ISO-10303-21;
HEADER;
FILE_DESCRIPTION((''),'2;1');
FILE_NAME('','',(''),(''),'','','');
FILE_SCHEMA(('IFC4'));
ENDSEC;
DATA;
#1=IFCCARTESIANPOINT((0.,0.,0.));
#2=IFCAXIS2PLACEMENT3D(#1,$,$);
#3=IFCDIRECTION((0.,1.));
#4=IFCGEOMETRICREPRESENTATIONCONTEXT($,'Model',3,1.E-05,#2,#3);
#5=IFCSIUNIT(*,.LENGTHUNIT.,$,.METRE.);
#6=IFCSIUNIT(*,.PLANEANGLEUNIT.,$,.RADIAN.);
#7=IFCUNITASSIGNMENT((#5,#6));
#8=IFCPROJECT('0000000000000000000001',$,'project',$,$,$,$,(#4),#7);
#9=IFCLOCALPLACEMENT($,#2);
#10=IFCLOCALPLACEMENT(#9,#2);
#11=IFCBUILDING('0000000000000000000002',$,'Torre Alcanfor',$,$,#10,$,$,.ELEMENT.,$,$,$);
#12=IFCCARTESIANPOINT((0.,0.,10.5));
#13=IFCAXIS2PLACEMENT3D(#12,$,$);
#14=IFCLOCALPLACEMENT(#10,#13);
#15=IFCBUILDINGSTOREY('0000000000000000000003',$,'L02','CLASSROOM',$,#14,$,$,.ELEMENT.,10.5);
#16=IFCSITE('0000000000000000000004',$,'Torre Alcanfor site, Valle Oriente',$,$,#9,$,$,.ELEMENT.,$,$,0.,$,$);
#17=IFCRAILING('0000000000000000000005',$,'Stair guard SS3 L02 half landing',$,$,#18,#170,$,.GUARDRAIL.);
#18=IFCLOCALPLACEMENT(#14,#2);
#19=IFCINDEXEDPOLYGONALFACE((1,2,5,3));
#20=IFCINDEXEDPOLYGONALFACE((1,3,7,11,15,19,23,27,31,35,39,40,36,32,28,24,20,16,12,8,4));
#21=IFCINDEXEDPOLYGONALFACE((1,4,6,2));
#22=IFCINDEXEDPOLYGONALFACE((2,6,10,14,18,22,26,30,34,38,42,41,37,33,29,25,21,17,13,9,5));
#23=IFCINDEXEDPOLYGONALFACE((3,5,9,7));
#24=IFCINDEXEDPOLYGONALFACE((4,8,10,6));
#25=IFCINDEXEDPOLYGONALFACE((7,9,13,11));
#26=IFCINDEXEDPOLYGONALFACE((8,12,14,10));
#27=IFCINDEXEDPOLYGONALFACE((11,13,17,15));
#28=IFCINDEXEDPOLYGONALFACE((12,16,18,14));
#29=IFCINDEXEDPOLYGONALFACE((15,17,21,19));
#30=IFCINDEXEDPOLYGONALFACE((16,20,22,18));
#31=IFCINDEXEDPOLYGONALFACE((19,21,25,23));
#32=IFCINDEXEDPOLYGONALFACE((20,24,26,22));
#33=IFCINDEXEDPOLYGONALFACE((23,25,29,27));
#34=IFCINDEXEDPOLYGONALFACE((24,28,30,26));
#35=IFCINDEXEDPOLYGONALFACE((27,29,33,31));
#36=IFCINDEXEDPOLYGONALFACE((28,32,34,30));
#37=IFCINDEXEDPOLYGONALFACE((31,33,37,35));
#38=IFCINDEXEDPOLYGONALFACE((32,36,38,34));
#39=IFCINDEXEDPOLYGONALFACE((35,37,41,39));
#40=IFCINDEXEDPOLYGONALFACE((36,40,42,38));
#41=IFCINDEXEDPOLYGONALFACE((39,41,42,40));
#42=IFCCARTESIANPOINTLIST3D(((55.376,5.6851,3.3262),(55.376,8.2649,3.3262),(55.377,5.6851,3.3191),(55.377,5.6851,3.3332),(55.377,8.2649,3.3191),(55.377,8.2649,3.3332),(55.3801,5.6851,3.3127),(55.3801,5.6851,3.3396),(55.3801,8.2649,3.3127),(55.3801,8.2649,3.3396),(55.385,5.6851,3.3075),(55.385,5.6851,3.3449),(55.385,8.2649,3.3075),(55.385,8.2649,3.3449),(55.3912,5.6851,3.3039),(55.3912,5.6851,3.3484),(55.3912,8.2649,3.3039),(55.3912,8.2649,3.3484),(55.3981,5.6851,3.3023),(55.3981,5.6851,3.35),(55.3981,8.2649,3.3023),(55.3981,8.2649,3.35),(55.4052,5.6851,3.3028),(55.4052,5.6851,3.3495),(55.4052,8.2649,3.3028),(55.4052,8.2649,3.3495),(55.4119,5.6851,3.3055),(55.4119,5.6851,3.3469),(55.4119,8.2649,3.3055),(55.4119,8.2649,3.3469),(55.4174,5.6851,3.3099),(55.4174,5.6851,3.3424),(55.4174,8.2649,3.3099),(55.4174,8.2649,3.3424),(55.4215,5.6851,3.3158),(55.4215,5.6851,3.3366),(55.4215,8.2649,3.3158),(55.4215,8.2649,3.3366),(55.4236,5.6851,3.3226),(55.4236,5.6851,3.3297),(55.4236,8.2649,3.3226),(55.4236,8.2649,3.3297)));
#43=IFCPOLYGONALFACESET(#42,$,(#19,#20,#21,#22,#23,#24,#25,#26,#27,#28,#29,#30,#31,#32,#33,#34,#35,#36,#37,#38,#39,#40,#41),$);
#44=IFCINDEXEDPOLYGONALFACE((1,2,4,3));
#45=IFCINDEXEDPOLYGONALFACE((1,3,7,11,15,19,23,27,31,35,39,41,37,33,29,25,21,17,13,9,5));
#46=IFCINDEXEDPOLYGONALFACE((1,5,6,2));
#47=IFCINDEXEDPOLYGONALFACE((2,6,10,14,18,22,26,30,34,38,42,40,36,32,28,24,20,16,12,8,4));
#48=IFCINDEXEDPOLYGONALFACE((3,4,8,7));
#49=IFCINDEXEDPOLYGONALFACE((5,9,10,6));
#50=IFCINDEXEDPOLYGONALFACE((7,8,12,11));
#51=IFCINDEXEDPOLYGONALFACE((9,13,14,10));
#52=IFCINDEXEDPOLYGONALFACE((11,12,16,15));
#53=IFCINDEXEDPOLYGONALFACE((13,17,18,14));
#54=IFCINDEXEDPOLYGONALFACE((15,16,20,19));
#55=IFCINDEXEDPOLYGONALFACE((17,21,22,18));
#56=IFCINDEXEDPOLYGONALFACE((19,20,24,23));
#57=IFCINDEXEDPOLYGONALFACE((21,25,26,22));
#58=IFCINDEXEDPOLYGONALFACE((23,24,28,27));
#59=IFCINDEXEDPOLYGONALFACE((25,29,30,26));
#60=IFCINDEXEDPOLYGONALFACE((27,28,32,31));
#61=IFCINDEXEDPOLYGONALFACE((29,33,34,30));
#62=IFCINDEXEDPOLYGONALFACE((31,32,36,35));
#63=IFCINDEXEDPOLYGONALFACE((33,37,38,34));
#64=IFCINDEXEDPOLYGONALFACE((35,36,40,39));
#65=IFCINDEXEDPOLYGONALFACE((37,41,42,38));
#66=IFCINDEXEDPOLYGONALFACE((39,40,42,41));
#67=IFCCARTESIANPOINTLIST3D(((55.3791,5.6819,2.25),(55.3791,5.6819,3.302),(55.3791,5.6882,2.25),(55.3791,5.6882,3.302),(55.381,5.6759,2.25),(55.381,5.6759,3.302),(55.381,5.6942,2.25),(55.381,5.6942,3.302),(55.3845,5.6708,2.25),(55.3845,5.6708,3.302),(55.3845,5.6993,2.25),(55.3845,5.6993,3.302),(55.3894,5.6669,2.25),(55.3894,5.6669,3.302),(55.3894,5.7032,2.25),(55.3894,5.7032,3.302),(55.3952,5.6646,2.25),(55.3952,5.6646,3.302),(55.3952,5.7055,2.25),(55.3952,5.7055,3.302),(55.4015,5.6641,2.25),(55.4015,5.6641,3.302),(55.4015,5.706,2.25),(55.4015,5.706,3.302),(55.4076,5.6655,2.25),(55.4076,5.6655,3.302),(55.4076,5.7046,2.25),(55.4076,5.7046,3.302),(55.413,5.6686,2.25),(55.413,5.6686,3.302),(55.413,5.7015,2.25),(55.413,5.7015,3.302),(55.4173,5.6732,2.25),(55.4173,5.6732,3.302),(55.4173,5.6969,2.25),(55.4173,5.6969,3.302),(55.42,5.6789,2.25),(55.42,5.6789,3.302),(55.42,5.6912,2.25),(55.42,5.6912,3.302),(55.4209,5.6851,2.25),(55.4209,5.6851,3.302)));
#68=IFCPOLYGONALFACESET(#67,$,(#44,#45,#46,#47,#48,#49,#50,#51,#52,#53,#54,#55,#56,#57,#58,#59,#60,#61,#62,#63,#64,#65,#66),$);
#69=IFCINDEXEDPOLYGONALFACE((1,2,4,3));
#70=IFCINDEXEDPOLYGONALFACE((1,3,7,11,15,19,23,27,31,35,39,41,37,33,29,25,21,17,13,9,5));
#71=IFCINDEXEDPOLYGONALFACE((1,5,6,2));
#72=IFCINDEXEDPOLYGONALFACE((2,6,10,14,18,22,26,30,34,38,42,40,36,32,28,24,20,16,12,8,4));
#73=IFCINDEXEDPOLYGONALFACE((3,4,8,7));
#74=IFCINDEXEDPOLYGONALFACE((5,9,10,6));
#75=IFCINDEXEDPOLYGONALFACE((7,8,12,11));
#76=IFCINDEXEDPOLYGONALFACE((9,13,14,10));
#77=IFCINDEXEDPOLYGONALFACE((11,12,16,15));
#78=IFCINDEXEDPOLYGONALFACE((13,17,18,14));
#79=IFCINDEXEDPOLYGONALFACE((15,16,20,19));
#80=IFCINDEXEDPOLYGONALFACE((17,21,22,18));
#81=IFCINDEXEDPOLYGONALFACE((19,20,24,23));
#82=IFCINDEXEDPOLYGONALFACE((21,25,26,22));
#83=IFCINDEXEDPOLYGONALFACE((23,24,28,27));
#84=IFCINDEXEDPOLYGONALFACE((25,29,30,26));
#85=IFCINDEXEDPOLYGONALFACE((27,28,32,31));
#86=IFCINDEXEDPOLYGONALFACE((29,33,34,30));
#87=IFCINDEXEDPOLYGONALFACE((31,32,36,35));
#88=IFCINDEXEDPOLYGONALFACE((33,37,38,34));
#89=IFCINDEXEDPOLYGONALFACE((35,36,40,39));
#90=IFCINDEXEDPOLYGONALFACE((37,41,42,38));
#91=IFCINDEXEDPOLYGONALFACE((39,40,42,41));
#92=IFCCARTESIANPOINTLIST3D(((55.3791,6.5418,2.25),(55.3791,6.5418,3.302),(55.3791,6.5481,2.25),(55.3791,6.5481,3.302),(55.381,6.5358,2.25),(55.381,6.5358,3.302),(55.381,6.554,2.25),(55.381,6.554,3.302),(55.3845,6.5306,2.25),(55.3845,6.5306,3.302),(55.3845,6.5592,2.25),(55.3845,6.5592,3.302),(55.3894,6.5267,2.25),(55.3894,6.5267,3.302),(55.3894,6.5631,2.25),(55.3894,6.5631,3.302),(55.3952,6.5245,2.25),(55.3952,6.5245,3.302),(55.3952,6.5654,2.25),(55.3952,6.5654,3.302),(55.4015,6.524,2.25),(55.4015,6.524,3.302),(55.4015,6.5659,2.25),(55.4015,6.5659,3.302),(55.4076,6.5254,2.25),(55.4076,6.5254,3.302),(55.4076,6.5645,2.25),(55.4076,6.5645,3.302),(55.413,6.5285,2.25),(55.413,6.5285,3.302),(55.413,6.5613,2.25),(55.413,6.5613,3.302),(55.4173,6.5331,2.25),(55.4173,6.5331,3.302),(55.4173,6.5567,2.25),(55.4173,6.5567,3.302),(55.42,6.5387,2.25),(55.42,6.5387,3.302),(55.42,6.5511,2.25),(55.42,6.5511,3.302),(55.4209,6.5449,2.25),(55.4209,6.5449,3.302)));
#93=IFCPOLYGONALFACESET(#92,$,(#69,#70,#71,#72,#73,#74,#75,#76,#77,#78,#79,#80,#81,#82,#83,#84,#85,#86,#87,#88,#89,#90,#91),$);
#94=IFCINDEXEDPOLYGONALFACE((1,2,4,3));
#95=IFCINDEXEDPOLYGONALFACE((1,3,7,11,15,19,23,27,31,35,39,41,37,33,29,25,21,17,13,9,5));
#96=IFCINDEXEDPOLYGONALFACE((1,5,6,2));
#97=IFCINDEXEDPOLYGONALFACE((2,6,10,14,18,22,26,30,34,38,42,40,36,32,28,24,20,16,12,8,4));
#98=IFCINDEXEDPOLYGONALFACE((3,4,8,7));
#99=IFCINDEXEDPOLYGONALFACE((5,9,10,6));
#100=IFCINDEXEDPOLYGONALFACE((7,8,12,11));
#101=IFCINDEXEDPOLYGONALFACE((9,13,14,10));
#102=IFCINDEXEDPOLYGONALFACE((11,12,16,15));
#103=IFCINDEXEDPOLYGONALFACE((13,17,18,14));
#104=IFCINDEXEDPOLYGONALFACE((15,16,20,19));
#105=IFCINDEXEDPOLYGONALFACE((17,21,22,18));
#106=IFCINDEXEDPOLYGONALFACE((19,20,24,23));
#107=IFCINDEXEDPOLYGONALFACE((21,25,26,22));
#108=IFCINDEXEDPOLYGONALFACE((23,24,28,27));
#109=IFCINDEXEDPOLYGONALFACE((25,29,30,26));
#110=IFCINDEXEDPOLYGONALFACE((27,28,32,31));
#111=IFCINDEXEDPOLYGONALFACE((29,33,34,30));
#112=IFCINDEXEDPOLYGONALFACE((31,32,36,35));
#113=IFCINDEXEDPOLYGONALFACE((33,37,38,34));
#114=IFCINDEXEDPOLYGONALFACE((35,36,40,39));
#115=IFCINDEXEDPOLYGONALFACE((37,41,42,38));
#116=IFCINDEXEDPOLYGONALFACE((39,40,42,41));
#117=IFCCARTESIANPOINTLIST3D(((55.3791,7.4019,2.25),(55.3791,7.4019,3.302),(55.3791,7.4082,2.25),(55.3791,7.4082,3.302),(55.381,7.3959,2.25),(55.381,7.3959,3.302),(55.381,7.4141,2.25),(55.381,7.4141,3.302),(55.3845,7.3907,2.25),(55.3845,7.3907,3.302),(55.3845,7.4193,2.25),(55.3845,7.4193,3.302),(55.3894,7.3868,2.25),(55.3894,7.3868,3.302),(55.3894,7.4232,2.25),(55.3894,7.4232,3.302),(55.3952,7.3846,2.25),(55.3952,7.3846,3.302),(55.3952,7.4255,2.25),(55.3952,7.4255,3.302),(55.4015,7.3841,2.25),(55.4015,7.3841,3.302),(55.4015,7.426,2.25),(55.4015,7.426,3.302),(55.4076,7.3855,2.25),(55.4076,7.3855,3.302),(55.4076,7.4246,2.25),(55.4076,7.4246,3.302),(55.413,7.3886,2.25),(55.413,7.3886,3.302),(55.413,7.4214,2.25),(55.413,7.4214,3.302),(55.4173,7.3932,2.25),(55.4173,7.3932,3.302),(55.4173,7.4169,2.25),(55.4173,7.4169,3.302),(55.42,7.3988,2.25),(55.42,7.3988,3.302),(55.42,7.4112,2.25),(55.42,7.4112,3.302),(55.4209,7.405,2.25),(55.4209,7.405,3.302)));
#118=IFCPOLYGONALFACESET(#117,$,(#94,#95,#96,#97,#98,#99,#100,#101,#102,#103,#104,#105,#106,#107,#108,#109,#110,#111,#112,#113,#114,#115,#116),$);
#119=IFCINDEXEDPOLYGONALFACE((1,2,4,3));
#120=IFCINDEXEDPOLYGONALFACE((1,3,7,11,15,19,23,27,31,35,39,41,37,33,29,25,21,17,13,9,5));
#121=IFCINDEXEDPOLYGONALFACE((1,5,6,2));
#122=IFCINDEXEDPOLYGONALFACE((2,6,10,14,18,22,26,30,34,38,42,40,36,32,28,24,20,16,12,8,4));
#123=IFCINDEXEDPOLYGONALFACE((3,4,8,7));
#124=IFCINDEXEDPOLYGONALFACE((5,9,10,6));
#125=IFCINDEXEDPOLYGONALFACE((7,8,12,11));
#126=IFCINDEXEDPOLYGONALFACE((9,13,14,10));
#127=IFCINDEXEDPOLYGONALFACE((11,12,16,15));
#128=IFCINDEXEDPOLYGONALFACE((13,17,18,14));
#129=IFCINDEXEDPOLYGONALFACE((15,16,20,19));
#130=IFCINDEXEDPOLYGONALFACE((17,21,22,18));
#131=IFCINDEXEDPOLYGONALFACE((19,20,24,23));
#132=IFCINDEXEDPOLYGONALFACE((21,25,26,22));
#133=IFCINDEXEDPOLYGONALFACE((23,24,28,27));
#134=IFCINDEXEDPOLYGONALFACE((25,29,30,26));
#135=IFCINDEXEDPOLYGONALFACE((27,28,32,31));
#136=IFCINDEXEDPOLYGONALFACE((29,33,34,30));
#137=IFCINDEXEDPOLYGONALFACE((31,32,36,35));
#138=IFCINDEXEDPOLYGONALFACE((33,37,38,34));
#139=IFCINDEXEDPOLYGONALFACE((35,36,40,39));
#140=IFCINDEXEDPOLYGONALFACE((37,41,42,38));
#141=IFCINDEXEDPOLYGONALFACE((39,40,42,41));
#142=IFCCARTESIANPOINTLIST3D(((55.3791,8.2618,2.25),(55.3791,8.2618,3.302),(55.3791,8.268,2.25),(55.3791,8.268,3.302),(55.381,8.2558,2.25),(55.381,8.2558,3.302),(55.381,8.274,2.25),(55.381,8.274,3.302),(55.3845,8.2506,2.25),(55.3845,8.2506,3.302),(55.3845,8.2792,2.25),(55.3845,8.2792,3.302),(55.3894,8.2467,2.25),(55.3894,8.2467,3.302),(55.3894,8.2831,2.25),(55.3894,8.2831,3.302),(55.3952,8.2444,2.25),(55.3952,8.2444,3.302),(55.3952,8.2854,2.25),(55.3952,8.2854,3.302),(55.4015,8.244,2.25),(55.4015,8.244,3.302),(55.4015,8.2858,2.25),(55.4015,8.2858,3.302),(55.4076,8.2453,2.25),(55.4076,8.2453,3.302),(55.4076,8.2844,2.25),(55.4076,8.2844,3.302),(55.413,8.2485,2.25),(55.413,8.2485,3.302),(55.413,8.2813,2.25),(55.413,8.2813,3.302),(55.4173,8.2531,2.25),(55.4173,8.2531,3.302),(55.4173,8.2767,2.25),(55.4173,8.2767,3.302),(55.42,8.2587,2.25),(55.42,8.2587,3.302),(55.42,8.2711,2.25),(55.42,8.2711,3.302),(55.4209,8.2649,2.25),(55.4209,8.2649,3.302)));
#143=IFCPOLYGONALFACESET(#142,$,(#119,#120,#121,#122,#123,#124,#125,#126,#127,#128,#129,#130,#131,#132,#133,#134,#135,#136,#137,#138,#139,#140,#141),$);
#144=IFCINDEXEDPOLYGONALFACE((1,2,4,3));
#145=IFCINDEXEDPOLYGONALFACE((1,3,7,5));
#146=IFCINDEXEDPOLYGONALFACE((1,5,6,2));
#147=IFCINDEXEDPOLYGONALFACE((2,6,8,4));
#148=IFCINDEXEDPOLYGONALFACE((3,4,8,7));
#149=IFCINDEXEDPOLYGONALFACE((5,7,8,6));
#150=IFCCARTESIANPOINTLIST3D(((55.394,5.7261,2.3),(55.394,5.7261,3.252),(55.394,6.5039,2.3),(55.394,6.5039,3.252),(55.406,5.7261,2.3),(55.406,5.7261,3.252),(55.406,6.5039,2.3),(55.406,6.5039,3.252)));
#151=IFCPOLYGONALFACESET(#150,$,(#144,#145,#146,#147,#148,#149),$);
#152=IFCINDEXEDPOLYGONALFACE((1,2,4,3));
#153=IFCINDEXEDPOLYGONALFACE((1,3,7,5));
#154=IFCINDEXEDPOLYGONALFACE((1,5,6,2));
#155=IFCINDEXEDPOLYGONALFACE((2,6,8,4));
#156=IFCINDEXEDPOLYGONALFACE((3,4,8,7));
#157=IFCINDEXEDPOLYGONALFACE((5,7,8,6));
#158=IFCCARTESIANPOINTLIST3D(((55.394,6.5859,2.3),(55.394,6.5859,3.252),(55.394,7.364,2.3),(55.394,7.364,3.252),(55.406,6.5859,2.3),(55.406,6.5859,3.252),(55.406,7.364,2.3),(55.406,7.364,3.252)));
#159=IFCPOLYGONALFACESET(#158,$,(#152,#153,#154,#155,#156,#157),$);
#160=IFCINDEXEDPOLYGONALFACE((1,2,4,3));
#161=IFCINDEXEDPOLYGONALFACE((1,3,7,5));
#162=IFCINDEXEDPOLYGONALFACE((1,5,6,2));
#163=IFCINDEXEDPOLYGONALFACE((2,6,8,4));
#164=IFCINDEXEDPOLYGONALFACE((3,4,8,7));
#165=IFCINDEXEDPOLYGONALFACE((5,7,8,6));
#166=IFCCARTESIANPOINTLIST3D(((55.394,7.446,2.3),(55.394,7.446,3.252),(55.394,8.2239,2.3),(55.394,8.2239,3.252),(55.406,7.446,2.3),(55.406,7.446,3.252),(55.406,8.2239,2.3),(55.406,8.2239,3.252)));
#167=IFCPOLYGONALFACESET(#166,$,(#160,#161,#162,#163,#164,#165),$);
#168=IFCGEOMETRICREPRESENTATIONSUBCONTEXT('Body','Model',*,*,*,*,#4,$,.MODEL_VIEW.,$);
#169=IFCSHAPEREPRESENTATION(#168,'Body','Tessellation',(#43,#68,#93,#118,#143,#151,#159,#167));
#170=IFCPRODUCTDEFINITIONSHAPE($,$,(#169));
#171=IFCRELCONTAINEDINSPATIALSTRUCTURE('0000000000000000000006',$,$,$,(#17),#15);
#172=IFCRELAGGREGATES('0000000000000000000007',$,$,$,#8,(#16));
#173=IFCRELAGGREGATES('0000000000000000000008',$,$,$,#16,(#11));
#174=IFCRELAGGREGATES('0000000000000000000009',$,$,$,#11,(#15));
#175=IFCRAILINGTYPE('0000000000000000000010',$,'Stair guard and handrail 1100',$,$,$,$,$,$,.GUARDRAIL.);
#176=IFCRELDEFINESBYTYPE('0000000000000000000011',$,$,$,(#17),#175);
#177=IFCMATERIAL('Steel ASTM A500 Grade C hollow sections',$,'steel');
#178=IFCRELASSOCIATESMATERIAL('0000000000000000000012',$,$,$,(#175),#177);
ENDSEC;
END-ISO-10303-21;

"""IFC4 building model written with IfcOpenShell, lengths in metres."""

from ifc_helpers import new_model, si_unit, direction, frame, origin, origin_2d, place, context, subcontext, project, spatial, polyline, circle, outline, extrude, material, type_object, element, save


model = new_model("IFC4")

# Units and contexts
model_context = context("Model", 3, precision=1e-05, world=origin(), true_north=direction((0.0, 1.0)))
body_context = subcontext(model_context, "Body", "Model", "MODEL_VIEW")
ifc_project = project(units=[si_unit("LENGTHUNIT", "METRE"), si_unit("PLANEANGLEUNIT", "RADIAN")], contexts=[model_context])

# Site, building, storey
site_placement = place(None, origin())
site = spatial("IfcSite", under=ifc_project, at=site_placement, Name="Torre Alcanfor site, Valle Oriente", CompositionType="ELEMENT", RefElevation=0.0)
building_placement = place(site_placement, origin())
building = spatial("IfcBuilding", under=site, at=building_placement, Name="Torre Alcanfor", CompositionType="ELEMENT")
storey_placement = place(building_placement, frame((0.0, 0.0, 10.5)))
storey = spatial("IfcBuildingStorey", under=building, at=storey_placement, Name="L02", Description="CLASSROOM", CompositionType="ELEMENT", Elevation=10.5)

# Railing
ifc_material_1 = material(Name="Steel ASTM A500 Grade C hollow sections", Category="steel")
railing_type_1 = type_object("IfcRailingType", Name="Stair guard and handrail 1100", PredefinedType="GUARDRAIL", material=ifc_material_1)
railing_1_placement = place(storey_placement, frame((55.3999, 5.6851, 2.25)))
element("IfcRailing", 1, at=railing_1_placement, inside=storey, type_object=railing_type_1, Name="Stair guard SS3 L02 half landing", PredefinedType="GUARDRAIL", context=body_context, shape_type="SweptSolid", body=[
    extrude(circle(Radius=0.0239, at=origin_2d()), frame((0.0, 0.0, 1.0762), z_axis=(0.0, 1.0, 0.0), x_axis=(-1.0, 0.0, 0.0)), (0.0, 0.0, 1.0), 2.5798),
    extrude(circle(Radius=0.021, at=origin_2d()), origin(), (0.0, 0.0, 1.0), 1.052),
    extrude(circle(Radius=0.021, at=origin_2d()), frame((0.0, 0.8599, 0.0)), (0.0, 0.0, 1.0), 1.052),
    extrude(circle(Radius=0.021, at=origin_2d()), frame((0.0, 1.72, 0.0)), (0.0, 0.0, 1.0), 1.052),
    extrude(circle(Radius=0.021, at=origin_2d()), frame((0.0, 2.5798, 0.0)), (0.0, 0.0, 1.0), 1.052),
    extrude(outline(polyline([(0.041, 0.05), (0.8188, 0.05), (0.8188, 1.002), (0.041, 1.002), (0.041, 0.05)])), frame((-0.0059, 0.0, 0.0), z_axis=(1.0, 0.0, 0.0), x_axis=(0.0, 1.0, 0.0)), (0.0, 0.0, 1.0), 0.012),
    extrude(outline(polyline([(0.9009, 0.05), (1.679, 0.05), (1.679, 1.002), (0.9009, 1.002), (0.9009, 0.05)])), frame((-0.0059, 0.0, 0.0), z_axis=(1.0, 0.0, 0.0), x_axis=(0.0, 1.0, 0.0)), (0.0, 0.0, 1.0), 0.012),
    extrude(outline(polyline([(1.761, 0.05), (2.5388, 0.05), (2.5388, 1.002), (1.761, 1.002), (1.761, 0.05)])), frame((-0.0059, 0.0, 0.0), z_axis=(1.0, 0.0, 0.0), x_axis=(0.0, 1.0, 0.0)), (0.0, 0.0, 1.0), 0.012),
])

save(model, "model.ifc")
